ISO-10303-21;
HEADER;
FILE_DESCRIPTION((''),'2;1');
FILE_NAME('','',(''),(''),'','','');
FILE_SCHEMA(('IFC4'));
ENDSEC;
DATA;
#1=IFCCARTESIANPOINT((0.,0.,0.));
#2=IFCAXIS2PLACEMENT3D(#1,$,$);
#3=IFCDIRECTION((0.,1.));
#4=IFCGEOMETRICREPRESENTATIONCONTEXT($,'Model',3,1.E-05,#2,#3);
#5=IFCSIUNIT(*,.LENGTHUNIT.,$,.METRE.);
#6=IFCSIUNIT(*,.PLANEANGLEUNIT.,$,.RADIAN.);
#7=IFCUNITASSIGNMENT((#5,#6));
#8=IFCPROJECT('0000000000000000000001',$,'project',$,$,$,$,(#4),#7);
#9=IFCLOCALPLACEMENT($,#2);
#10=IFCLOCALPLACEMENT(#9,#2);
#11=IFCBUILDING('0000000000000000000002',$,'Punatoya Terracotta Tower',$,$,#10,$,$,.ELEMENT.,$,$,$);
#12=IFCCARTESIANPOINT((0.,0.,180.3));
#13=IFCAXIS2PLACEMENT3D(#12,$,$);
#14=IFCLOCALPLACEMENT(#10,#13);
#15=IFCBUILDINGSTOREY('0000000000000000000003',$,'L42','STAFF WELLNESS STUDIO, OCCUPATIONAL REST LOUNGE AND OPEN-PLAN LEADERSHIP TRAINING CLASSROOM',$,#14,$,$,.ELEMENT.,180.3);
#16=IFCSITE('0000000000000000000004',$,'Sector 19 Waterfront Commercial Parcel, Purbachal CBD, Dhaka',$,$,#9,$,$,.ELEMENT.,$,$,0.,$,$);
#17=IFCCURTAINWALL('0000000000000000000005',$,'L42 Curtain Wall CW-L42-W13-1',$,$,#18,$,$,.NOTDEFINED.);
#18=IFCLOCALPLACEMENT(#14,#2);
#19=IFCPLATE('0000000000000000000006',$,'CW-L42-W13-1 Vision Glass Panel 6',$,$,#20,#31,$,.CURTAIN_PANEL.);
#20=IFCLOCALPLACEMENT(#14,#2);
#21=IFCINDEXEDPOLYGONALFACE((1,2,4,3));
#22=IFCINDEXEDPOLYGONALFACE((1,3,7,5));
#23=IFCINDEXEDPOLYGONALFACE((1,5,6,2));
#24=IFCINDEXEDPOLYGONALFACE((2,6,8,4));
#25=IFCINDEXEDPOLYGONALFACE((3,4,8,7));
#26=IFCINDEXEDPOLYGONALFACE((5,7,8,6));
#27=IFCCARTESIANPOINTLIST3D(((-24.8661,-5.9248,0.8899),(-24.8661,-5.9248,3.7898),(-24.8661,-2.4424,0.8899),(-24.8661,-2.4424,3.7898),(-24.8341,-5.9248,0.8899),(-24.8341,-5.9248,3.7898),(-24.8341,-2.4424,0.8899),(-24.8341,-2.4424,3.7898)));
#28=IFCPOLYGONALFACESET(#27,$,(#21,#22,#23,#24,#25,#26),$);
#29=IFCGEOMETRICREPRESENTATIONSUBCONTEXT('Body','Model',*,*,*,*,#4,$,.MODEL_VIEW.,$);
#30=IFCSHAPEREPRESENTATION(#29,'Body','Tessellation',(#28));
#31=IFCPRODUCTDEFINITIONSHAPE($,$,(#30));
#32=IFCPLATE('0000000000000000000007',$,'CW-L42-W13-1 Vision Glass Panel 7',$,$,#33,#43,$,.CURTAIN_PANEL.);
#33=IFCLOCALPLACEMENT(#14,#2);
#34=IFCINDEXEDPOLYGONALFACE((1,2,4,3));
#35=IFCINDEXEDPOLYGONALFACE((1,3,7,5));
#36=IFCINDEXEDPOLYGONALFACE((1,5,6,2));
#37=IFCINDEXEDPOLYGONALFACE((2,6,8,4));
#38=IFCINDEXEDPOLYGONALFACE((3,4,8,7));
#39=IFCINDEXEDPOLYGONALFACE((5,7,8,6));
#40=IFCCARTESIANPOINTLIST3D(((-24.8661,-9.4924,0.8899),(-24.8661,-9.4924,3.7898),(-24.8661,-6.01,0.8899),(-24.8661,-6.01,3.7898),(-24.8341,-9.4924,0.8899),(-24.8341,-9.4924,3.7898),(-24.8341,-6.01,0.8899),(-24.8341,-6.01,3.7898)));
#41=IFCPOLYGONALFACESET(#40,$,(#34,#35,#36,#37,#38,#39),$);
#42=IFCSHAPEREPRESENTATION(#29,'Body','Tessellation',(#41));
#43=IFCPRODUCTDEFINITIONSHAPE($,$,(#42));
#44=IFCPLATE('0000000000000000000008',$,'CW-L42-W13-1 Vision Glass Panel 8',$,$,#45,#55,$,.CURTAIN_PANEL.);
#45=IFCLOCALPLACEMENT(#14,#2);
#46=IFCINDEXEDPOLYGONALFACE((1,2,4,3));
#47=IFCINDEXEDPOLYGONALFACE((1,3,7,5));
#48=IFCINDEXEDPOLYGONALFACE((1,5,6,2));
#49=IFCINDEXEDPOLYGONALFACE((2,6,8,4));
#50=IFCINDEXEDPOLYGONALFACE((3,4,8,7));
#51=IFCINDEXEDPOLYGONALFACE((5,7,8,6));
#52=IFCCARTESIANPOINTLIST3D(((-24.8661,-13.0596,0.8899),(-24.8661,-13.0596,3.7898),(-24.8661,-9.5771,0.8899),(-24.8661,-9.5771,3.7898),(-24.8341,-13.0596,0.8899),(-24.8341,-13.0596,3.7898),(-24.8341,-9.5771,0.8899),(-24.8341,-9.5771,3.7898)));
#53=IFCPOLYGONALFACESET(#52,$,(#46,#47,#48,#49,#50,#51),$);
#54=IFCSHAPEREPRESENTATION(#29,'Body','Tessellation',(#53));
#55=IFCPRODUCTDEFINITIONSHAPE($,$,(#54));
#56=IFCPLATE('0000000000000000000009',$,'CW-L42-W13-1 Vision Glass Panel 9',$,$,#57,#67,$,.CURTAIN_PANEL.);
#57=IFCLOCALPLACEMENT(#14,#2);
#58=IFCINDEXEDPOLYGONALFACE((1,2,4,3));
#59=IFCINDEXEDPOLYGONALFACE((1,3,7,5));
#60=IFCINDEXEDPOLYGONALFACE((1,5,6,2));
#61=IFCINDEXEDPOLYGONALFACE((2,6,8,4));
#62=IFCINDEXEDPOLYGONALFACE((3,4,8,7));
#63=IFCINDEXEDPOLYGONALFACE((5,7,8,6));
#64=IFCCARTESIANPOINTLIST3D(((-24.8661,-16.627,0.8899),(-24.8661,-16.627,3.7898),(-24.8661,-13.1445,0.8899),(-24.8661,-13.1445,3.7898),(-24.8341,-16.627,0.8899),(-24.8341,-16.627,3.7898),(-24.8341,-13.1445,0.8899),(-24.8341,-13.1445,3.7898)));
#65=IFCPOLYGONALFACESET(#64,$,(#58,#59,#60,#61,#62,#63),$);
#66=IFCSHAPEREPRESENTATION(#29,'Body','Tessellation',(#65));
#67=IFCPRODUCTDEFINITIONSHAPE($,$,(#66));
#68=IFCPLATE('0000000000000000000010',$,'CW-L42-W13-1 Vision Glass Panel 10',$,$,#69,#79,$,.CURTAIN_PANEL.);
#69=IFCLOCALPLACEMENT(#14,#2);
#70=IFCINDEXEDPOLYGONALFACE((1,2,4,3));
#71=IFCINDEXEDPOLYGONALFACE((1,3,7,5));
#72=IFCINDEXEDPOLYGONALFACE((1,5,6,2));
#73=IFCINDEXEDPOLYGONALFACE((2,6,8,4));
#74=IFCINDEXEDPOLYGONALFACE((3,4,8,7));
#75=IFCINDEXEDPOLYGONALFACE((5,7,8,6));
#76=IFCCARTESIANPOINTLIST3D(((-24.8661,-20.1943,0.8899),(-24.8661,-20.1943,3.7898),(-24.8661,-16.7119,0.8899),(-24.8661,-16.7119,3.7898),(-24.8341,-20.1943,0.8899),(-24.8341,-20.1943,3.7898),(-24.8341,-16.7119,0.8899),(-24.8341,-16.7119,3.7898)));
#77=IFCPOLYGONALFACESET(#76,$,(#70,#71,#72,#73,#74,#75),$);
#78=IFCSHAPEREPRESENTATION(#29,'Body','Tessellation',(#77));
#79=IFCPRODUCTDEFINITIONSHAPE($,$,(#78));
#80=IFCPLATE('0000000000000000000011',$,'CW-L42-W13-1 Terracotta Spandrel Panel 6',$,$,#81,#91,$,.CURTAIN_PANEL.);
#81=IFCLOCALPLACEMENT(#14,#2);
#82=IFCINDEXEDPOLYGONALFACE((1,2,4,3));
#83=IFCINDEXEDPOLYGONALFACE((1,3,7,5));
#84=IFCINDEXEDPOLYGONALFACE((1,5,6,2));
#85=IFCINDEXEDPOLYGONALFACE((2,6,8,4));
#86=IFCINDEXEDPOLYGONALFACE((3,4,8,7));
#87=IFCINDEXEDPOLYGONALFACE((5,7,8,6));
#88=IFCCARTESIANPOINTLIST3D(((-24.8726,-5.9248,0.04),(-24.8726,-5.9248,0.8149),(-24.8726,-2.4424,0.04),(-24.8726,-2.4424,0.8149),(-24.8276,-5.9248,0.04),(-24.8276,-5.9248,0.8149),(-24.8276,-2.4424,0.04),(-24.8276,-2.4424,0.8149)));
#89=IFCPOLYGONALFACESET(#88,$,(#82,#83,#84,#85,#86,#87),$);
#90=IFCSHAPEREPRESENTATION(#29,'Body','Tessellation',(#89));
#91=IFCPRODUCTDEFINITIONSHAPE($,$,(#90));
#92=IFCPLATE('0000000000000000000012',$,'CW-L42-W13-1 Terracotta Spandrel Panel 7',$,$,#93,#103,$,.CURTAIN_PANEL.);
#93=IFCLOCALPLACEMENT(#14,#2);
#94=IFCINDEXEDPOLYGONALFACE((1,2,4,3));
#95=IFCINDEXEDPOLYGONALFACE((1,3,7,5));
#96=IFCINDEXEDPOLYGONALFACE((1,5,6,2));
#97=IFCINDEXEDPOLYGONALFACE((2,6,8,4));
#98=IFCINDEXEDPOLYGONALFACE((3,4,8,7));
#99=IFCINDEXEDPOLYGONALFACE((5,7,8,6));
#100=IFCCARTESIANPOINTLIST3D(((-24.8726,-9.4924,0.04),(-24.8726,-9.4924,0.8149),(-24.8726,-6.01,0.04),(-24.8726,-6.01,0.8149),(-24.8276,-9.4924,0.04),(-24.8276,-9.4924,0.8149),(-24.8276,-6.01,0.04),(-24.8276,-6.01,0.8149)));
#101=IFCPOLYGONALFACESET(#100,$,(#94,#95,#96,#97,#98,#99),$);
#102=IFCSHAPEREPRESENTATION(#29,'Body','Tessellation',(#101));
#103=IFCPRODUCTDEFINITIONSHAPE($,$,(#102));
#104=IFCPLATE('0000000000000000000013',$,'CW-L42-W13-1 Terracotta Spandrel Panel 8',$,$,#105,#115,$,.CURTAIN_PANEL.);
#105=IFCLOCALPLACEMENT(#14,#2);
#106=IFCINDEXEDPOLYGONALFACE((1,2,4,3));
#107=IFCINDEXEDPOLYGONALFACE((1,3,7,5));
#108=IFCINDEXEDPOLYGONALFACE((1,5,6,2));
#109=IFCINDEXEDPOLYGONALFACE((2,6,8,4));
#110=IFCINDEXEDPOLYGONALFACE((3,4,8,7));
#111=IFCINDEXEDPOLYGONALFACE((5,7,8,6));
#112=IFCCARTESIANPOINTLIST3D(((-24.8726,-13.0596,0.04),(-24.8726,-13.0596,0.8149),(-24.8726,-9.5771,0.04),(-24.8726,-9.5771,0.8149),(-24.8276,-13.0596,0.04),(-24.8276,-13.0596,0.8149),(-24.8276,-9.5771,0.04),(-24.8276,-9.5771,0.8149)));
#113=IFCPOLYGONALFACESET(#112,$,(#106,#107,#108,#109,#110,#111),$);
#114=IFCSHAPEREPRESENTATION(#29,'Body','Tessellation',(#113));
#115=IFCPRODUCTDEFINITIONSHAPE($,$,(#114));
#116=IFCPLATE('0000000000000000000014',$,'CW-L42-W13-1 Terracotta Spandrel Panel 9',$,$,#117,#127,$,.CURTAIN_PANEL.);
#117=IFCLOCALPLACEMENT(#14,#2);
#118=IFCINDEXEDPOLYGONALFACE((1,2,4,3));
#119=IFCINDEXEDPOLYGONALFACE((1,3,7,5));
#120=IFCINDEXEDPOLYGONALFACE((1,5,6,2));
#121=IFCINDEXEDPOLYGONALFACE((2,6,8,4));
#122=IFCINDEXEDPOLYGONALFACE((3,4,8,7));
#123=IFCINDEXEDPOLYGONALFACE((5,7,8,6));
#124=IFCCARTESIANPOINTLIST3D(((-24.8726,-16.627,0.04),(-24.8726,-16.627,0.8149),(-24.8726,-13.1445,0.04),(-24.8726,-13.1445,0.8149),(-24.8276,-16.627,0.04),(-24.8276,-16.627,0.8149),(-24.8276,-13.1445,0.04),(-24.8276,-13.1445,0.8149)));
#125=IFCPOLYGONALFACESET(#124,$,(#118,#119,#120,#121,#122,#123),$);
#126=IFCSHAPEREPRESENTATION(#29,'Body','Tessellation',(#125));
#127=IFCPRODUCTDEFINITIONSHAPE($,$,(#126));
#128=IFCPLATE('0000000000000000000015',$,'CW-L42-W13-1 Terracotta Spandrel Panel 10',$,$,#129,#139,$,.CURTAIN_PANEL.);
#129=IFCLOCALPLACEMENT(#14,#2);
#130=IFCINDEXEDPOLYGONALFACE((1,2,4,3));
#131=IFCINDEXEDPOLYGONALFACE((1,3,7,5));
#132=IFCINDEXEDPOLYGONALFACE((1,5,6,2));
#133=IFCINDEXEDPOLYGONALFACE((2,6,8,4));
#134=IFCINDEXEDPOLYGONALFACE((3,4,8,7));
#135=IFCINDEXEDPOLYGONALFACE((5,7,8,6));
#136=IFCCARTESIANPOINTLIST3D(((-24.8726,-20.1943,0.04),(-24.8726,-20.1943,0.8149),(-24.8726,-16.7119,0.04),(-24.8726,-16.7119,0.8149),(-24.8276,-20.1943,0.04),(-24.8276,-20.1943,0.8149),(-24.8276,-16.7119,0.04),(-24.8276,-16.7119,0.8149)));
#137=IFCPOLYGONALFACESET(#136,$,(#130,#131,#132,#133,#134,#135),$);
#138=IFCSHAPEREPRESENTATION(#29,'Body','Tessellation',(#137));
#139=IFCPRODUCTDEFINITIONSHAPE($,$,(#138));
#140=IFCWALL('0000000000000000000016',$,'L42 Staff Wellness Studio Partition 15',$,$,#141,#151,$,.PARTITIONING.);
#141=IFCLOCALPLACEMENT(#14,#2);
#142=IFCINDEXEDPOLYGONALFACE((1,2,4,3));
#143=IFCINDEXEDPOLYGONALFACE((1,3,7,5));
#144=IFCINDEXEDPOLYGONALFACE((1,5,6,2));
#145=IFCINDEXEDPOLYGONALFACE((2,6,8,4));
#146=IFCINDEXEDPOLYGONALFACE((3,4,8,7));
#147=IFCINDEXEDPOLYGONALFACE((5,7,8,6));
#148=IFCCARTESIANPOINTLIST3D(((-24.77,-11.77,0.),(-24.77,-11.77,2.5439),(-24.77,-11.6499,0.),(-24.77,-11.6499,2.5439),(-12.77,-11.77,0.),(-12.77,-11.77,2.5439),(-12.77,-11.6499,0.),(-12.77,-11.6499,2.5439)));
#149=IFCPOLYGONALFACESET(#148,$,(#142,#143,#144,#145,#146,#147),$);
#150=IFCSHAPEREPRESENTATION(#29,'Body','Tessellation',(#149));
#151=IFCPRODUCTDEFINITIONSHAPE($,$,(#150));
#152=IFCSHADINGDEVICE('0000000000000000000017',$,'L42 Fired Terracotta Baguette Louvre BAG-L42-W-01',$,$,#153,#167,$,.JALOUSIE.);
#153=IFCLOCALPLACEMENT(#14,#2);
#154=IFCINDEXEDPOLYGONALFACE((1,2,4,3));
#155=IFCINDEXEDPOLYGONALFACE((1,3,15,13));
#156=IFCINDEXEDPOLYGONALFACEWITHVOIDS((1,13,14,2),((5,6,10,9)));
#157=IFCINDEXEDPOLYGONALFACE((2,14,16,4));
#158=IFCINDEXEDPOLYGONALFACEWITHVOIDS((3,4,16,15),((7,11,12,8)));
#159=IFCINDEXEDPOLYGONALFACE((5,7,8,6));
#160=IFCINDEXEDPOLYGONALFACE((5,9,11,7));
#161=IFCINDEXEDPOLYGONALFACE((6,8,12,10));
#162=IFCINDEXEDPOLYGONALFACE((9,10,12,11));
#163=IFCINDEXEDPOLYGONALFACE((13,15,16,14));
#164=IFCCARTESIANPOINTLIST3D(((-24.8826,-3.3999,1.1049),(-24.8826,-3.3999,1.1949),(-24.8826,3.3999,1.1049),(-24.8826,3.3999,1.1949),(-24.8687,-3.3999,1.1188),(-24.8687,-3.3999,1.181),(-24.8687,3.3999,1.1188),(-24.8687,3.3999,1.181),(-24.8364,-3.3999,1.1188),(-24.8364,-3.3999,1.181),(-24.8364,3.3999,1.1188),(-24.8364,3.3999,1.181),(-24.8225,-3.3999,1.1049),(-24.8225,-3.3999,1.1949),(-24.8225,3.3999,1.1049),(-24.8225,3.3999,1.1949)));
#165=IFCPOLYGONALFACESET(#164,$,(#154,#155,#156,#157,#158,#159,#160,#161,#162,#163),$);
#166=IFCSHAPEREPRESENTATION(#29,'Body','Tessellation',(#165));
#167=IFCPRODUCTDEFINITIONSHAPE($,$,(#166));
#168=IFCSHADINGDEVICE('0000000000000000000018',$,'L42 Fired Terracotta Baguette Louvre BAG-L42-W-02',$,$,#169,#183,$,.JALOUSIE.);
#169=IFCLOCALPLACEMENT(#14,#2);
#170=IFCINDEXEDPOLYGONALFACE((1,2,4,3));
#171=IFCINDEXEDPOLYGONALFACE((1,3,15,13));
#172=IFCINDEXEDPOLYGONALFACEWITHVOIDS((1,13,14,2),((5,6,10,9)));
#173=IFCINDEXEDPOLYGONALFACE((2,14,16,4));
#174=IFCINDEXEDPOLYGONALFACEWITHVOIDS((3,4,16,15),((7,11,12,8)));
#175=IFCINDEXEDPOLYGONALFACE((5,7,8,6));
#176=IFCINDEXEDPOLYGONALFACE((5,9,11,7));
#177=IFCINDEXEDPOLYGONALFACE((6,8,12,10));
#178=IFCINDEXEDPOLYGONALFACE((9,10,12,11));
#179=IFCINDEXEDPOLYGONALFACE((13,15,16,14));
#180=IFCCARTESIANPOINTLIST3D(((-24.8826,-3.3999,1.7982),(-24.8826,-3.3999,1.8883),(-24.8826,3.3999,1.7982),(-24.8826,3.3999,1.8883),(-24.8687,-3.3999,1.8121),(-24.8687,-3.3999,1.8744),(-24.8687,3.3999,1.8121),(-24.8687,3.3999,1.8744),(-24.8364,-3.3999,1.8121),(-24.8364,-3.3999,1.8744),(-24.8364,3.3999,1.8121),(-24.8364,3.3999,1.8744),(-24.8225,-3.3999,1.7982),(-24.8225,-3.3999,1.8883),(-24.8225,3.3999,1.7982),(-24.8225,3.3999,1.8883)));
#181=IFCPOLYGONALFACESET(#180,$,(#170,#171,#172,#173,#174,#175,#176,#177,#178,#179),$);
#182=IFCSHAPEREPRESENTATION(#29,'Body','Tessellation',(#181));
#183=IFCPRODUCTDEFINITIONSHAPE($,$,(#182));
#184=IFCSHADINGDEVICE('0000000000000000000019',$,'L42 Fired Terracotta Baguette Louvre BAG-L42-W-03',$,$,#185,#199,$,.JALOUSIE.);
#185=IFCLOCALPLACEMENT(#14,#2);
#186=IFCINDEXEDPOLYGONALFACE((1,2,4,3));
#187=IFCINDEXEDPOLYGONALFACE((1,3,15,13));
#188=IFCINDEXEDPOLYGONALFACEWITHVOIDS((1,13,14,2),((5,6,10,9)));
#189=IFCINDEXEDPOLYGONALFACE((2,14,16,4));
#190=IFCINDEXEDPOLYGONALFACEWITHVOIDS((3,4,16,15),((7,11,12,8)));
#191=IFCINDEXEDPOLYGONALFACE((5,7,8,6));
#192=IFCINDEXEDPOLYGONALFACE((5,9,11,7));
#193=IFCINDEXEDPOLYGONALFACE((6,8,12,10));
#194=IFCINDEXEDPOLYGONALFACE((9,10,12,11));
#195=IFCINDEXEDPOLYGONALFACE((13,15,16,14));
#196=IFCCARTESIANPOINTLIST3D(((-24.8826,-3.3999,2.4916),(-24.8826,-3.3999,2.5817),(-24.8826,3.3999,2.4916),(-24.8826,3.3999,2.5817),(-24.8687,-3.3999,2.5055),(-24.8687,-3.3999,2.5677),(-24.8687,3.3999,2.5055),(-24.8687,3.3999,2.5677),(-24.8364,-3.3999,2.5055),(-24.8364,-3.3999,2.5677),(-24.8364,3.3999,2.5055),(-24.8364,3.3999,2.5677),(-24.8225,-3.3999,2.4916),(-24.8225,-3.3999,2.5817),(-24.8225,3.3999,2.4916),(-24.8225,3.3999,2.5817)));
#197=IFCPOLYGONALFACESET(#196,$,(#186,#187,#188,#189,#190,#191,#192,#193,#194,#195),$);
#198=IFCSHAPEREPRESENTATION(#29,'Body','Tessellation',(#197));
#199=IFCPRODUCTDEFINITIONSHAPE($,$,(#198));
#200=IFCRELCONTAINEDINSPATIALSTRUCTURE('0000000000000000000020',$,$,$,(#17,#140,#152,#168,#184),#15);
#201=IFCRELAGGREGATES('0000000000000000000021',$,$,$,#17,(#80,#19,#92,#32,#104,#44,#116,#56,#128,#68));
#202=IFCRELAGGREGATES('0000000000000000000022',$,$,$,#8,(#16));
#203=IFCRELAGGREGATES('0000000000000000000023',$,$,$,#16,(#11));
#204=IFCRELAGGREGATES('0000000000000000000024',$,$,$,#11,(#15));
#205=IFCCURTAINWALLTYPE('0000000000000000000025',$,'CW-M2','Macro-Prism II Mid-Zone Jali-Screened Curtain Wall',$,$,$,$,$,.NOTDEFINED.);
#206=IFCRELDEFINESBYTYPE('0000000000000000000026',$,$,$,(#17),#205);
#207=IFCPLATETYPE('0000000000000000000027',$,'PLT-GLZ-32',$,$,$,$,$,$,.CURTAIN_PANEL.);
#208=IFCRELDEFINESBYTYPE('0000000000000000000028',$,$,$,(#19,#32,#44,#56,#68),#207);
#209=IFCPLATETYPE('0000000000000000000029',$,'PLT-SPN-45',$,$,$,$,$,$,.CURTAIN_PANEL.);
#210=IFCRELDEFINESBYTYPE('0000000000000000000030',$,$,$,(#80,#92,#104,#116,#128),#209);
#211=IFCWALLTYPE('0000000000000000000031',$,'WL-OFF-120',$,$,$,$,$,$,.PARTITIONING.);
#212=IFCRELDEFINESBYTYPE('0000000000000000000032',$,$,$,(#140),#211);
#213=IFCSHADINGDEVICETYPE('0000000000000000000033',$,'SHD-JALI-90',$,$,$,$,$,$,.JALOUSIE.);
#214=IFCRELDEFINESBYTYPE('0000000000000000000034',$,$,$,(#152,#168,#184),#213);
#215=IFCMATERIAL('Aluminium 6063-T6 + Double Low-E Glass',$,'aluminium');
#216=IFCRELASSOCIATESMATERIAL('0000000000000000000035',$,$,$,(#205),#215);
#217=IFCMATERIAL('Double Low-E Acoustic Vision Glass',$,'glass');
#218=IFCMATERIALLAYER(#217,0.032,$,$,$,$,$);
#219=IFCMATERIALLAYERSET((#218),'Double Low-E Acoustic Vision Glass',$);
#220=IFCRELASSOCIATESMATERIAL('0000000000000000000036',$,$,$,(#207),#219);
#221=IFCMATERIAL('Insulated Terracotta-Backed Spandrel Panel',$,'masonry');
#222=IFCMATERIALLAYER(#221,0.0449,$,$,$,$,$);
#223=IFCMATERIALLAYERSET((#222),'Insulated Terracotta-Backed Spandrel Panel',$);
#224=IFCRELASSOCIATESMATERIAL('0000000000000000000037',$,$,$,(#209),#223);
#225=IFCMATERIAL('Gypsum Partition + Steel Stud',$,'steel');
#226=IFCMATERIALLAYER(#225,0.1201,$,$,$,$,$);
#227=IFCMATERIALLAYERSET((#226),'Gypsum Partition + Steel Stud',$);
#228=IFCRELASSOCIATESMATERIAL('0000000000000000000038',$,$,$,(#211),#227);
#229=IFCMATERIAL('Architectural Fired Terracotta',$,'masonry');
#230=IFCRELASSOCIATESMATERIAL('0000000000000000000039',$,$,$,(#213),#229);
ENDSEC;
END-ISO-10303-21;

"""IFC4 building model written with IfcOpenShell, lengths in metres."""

from ifc_helpers import new_model, si_unit, direction, frame, frame_2d, origin, origin_2d, place, context, subcontext, project, spatial, rectangle, hollow_rectangle, extrude, material, layer, layer_set, material_profile, profile_set, type_object, element, aggregate, save


model = new_model("IFC4")

# Units and contexts
model_context = context("Model", 3, precision=1e-05, world=origin(), true_north=direction((0.0, 1.0)))
body_context = subcontext(model_context, "Body", "Model", "MODEL_VIEW")
ifc_project = project(units=[si_unit("LENGTHUNIT", "METRE"), si_unit("PLANEANGLEUNIT", "RADIAN")], contexts=[model_context])

# Site, building, storey
site_placement = place(None, origin())
site = spatial("IfcSite", under=ifc_project, at=site_placement, Name="Sector 19 Waterfront Commercial Parcel, Purbachal CBD, Dhaka", CompositionType="ELEMENT", RefElevation=0.0)
building_placement = place(site_placement, origin())
building = spatial("IfcBuilding", under=site, at=building_placement, Name="Punatoya Terracotta Tower", CompositionType="ELEMENT")
storey_placement = place(building_placement, frame((0.0, 0.0, 180.3)))
storey = spatial("IfcBuildingStorey", under=building, at=storey_placement, Name="L42", Description="STAFF WELLNESS STUDIO, OCCUPATIONAL REST LOUNGE AND OPEN-PLAN LEADERSHIP TRAINING CLASSROOM", CompositionType="ELEMENT", Elevation=180.3)

# Curtain wall, plates
ifc_material_1 = material(Name="Aluminium 6063-T6 + Double Low-E Glass", Category="aluminium")
curtain_wall_type = type_object("IfcCurtainWallType", Name="CW-M2", Description="Macro-Prism II Mid-Zone Jali-Screened Curtain Wall", PredefinedType="NOTDEFINED", material=ifc_material_1)
curtain_wall_placement = place(storey_placement, origin())
curtain_wall = element("IfcCurtainWall", 1, at=curtain_wall_placement, inside=storey, type_object=curtain_wall_type, Name="L42 Curtain Wall CW-L42-W13-1", PredefinedType="NOTDEFINED")
ifc_material_2 = material(Name="Double Low-E Acoustic Vision Glass", Category="glass")
ifc_layer_1 = layer(ifc_material_2, 0.032)
ifc_layer_set_1 = layer_set([ifc_layer_1], Name="Double Low-E Acoustic Vision Glass")
plate_type_1 = type_object("IfcPlateType", Name="PLT-GLZ-32", PredefinedType="CURTAIN_PANEL", material=ifc_layer_set_1)
plate_1_placement = place(storey_placement, frame((-24.8501, -4.1836, 0.8899), z_axis=(0.0, 0.0, 1.0), x_axis=(0.0, -1.0, 0.0)))
plate_1 = element("IfcPlate", 2, at=plate_1_placement, type_object=plate_type_1, Name="CW-L42-W13-1 Vision Glass Panel 6", PredefinedType="CURTAIN_PANEL", context=body_context, shape_type="SweptSolid", body=[
    extrude(rectangle(XDim=3.4824, YDim=0.032, at=origin_2d()), origin(), (0.0, 0.0, 1.0), 2.8999),
])
plate_2_placement = place(storey_placement, frame((-24.8501, -7.7512, 0.8899), z_axis=(0.0, 0.0, 1.0), x_axis=(0.0, -1.0, 0.0)))
plate_2 = element("IfcPlate", 3, at=plate_2_placement, type_object=plate_type_1, Name="CW-L42-W13-1 Vision Glass Panel 7", PredefinedType="CURTAIN_PANEL", context=body_context, shape_type="SweptSolid", body=[
    extrude(rectangle(XDim=3.4824, YDim=0.032, at=origin_2d()), origin(), (0.0, 0.0, 1.0), 2.8999),
])
plate_3_placement = place(storey_placement, frame((-24.8501, -11.3184, 0.8899), z_axis=(0.0, 0.0, 1.0), x_axis=(0.0, -1.0, 0.0)))
plate_3 = element("IfcPlate", 4, at=plate_3_placement, type_object=plate_type_1, Name="CW-L42-W13-1 Vision Glass Panel 8", PredefinedType="CURTAIN_PANEL", context=body_context, shape_type="SweptSolid", body=[
    extrude(rectangle(XDim=3.4824, YDim=0.032, at=origin_2d()), origin(), (0.0, 0.0, 1.0), 2.8999),
])
plate_4_placement = place(storey_placement, frame((-24.8501, -14.8857, 0.8899), z_axis=(0.0, 0.0, 1.0), x_axis=(0.0, -1.0, 0.0)))
plate_4 = element("IfcPlate", 5, at=plate_4_placement, type_object=plate_type_1, Name="CW-L42-W13-1 Vision Glass Panel 9", PredefinedType="CURTAIN_PANEL", context=body_context, shape_type="SweptSolid", body=[
    extrude(rectangle(XDim=3.4824, YDim=0.032, at=origin_2d()), origin(), (0.0, 0.0, 1.0), 2.8999),
])
plate_5_placement = place(storey_placement, frame((-24.8501, -18.4531, 0.8899), z_axis=(0.0, 0.0, 1.0), x_axis=(0.0, -1.0, 0.0)))
plate_5 = element("IfcPlate", 6, at=plate_5_placement, type_object=plate_type_1, Name="CW-L42-W13-1 Vision Glass Panel 10", PredefinedType="CURTAIN_PANEL", context=body_context, shape_type="SweptSolid", body=[
    extrude(rectangle(XDim=3.4824, YDim=0.032, at=origin_2d()), origin(), (0.0, 0.0, 1.0), 2.8999),
])
ifc_material_3 = material(Name="Insulated Terracotta-Backed Spandrel Panel", Category="masonry")
ifc_layer_2 = layer(ifc_material_3, 0.0449)
ifc_layer_set_2 = layer_set([ifc_layer_2], Name="Insulated Terracotta-Backed Spandrel Panel")
plate_type_2 = type_object("IfcPlateType", Name="PLT-SPN-45", PredefinedType="CURTAIN_PANEL", material=ifc_layer_set_2)
plate_6_placement = place(storey_placement, frame((-24.8501, -4.1836, 0.04), z_axis=(0.0, 0.0, 1.0), x_axis=(0.0, -1.0, 0.0)))
plate_6 = element("IfcPlate", 7, at=plate_6_placement, type_object=plate_type_2, Name="CW-L42-W13-1 Terracotta Spandrel Panel 6", PredefinedType="CURTAIN_PANEL", context=body_context, shape_type="SweptSolid", body=[
    extrude(rectangle(XDim=3.4824, YDim=0.0449, at=origin_2d()), origin(), (0.0, 0.0, 1.0), 0.7749),
])
plate_7_placement = place(storey_placement, frame((-24.8501, -7.7512, 0.04), z_axis=(0.0, 0.0, 1.0), x_axis=(0.0, -1.0, 0.0)))
plate_7 = element("IfcPlate", 8, at=plate_7_placement, type_object=plate_type_2, Name="CW-L42-W13-1 Terracotta Spandrel Panel 7", PredefinedType="CURTAIN_PANEL", context=body_context, shape_type="SweptSolid", body=[
    extrude(rectangle(XDim=3.4824, YDim=0.0449, at=origin_2d()), origin(), (0.0, 0.0, 1.0), 0.7749),
])
plate_8_placement = place(storey_placement, frame((-24.8501, -11.3184, 0.04), z_axis=(0.0, 0.0, 1.0), x_axis=(0.0, -1.0, 0.0)))
plate_8 = element("IfcPlate", 9, at=plate_8_placement, type_object=plate_type_2, Name="CW-L42-W13-1 Terracotta Spandrel Panel 8", PredefinedType="CURTAIN_PANEL", context=body_context, shape_type="SweptSolid", body=[
    extrude(rectangle(XDim=3.4824, YDim=0.0449, at=origin_2d()), origin(), (0.0, 0.0, 1.0), 0.7749),
])
plate_9_placement = place(storey_placement, frame((-24.8501, -14.8857, 0.04), z_axis=(0.0, 0.0, 1.0), x_axis=(0.0, -1.0, 0.0)))
plate_9 = element("IfcPlate", 10, at=plate_9_placement, type_object=plate_type_2, Name="CW-L42-W13-1 Terracotta Spandrel Panel 9", PredefinedType="CURTAIN_PANEL", context=body_context, shape_type="SweptSolid", body=[
    extrude(rectangle(XDim=3.4824, YDim=0.0449, at=origin_2d()), origin(), (0.0, 0.0, 1.0), 0.7749),
])
plate_10_placement = place(storey_placement, frame((-24.8501, -18.4531, 0.04), z_axis=(0.0, 0.0, 1.0), x_axis=(0.0, -1.0, 0.0)))
plate_10 = element("IfcPlate", 11, at=plate_10_placement, type_object=plate_type_2, Name="CW-L42-W13-1 Terracotta Spandrel Panel 10", PredefinedType="CURTAIN_PANEL", context=body_context, shape_type="SweptSolid", body=[
    extrude(rectangle(XDim=3.4824, YDim=0.0449, at=origin_2d()), origin(), (0.0, 0.0, 1.0), 0.7749),
])
aggregate(curtain_wall, [plate_6, plate_1, plate_7, plate_2, plate_8, plate_3, plate_9, plate_4, plate_10, plate_5])

# Wall
ifc_material_4 = material(Name="Gypsum Partition + Steel Stud", Category="steel")
ifc_layer_3 = layer(ifc_material_4, 0.1201)
ifc_layer_set_3 = layer_set([ifc_layer_3], Name="Gypsum Partition + Steel Stud")
wall_type = type_object("IfcWallType", Name="WL-OFF-120", PredefinedType="PARTITIONING", material=ifc_layer_set_3)
wall_placement = place(storey_placement, frame((-24.77, -11.71, 0.0), z_axis=(0.0, 0.0, 1.0), x_axis=(1.0, 0.0, 0.0)))
element("IfcWall", 12, at=wall_placement, inside=storey, type_object=wall_type, Name="L42 Staff Wellness Studio Partition 15", PredefinedType="PARTITIONING", context=body_context, shape_type="SweptSolid", body=[
    extrude(rectangle(XDim=12.0, YDim=0.1201, at=frame_2d((6.0, 0.0))), origin(), (0.0, 0.0, 1.0), 2.5439),
])

# Shading devices
ifc_material_5 = material(Name="Architectural Fired Terracotta", Category="masonry")
ifc_material_profile_1 = material_profile(ifc_material_5, hollow_rectangle(XDim=0.0601, YDim=0.0901, WallThickness=0.0139, at=origin_2d()))
ifc_profile_set_1 = profile_set([ifc_material_profile_1], Name="Architectural Fired Terracotta")
shading_device_type = type_object("IfcShadingDeviceType", Name="SHD-JALI-90", PredefinedType="JALOUSIE", material=ifc_profile_set_1)
for number, where, z_axis, x_axis, name in (
    (13, (-24.8525, -3.3999, 1.1499), (0.0, 1.0, 0.0), (-1.0, 0.0, 0.0), "L42 Fired Terracotta Baguette Louvre BAG-L42-W-01"),
    (14, (-24.8525, -3.3999, 1.8433), (0.0, 1.0, 0.0), (-1.0, 0.0, 0.0), "L42 Fired Terracotta Baguette Louvre BAG-L42-W-02"),
    (15, (-24.8525, -3.3999, 2.5366), (0.0, 1.0, 0.0), (-1.0, 0.0, 0.0), "L42 Fired Terracotta Baguette Louvre BAG-L42-W-03"),
):
    element("IfcShadingDevice", number, at=place(storey_placement, frame(where, z_axis=z_axis, x_axis=x_axis)), inside=storey, type_object=shading_device_type, Name=name, PredefinedType="JALOUSIE", context=body_context, shape_type="SweptSolid", body=[
        extrude(hollow_rectangle(XDim=0.0601, YDim=0.0901, WallThickness=0.0139, at=origin_2d()), origin(), (0.0, 0.0, 1.0), 6.7998),
    ])

save(model, "model.ifc")
